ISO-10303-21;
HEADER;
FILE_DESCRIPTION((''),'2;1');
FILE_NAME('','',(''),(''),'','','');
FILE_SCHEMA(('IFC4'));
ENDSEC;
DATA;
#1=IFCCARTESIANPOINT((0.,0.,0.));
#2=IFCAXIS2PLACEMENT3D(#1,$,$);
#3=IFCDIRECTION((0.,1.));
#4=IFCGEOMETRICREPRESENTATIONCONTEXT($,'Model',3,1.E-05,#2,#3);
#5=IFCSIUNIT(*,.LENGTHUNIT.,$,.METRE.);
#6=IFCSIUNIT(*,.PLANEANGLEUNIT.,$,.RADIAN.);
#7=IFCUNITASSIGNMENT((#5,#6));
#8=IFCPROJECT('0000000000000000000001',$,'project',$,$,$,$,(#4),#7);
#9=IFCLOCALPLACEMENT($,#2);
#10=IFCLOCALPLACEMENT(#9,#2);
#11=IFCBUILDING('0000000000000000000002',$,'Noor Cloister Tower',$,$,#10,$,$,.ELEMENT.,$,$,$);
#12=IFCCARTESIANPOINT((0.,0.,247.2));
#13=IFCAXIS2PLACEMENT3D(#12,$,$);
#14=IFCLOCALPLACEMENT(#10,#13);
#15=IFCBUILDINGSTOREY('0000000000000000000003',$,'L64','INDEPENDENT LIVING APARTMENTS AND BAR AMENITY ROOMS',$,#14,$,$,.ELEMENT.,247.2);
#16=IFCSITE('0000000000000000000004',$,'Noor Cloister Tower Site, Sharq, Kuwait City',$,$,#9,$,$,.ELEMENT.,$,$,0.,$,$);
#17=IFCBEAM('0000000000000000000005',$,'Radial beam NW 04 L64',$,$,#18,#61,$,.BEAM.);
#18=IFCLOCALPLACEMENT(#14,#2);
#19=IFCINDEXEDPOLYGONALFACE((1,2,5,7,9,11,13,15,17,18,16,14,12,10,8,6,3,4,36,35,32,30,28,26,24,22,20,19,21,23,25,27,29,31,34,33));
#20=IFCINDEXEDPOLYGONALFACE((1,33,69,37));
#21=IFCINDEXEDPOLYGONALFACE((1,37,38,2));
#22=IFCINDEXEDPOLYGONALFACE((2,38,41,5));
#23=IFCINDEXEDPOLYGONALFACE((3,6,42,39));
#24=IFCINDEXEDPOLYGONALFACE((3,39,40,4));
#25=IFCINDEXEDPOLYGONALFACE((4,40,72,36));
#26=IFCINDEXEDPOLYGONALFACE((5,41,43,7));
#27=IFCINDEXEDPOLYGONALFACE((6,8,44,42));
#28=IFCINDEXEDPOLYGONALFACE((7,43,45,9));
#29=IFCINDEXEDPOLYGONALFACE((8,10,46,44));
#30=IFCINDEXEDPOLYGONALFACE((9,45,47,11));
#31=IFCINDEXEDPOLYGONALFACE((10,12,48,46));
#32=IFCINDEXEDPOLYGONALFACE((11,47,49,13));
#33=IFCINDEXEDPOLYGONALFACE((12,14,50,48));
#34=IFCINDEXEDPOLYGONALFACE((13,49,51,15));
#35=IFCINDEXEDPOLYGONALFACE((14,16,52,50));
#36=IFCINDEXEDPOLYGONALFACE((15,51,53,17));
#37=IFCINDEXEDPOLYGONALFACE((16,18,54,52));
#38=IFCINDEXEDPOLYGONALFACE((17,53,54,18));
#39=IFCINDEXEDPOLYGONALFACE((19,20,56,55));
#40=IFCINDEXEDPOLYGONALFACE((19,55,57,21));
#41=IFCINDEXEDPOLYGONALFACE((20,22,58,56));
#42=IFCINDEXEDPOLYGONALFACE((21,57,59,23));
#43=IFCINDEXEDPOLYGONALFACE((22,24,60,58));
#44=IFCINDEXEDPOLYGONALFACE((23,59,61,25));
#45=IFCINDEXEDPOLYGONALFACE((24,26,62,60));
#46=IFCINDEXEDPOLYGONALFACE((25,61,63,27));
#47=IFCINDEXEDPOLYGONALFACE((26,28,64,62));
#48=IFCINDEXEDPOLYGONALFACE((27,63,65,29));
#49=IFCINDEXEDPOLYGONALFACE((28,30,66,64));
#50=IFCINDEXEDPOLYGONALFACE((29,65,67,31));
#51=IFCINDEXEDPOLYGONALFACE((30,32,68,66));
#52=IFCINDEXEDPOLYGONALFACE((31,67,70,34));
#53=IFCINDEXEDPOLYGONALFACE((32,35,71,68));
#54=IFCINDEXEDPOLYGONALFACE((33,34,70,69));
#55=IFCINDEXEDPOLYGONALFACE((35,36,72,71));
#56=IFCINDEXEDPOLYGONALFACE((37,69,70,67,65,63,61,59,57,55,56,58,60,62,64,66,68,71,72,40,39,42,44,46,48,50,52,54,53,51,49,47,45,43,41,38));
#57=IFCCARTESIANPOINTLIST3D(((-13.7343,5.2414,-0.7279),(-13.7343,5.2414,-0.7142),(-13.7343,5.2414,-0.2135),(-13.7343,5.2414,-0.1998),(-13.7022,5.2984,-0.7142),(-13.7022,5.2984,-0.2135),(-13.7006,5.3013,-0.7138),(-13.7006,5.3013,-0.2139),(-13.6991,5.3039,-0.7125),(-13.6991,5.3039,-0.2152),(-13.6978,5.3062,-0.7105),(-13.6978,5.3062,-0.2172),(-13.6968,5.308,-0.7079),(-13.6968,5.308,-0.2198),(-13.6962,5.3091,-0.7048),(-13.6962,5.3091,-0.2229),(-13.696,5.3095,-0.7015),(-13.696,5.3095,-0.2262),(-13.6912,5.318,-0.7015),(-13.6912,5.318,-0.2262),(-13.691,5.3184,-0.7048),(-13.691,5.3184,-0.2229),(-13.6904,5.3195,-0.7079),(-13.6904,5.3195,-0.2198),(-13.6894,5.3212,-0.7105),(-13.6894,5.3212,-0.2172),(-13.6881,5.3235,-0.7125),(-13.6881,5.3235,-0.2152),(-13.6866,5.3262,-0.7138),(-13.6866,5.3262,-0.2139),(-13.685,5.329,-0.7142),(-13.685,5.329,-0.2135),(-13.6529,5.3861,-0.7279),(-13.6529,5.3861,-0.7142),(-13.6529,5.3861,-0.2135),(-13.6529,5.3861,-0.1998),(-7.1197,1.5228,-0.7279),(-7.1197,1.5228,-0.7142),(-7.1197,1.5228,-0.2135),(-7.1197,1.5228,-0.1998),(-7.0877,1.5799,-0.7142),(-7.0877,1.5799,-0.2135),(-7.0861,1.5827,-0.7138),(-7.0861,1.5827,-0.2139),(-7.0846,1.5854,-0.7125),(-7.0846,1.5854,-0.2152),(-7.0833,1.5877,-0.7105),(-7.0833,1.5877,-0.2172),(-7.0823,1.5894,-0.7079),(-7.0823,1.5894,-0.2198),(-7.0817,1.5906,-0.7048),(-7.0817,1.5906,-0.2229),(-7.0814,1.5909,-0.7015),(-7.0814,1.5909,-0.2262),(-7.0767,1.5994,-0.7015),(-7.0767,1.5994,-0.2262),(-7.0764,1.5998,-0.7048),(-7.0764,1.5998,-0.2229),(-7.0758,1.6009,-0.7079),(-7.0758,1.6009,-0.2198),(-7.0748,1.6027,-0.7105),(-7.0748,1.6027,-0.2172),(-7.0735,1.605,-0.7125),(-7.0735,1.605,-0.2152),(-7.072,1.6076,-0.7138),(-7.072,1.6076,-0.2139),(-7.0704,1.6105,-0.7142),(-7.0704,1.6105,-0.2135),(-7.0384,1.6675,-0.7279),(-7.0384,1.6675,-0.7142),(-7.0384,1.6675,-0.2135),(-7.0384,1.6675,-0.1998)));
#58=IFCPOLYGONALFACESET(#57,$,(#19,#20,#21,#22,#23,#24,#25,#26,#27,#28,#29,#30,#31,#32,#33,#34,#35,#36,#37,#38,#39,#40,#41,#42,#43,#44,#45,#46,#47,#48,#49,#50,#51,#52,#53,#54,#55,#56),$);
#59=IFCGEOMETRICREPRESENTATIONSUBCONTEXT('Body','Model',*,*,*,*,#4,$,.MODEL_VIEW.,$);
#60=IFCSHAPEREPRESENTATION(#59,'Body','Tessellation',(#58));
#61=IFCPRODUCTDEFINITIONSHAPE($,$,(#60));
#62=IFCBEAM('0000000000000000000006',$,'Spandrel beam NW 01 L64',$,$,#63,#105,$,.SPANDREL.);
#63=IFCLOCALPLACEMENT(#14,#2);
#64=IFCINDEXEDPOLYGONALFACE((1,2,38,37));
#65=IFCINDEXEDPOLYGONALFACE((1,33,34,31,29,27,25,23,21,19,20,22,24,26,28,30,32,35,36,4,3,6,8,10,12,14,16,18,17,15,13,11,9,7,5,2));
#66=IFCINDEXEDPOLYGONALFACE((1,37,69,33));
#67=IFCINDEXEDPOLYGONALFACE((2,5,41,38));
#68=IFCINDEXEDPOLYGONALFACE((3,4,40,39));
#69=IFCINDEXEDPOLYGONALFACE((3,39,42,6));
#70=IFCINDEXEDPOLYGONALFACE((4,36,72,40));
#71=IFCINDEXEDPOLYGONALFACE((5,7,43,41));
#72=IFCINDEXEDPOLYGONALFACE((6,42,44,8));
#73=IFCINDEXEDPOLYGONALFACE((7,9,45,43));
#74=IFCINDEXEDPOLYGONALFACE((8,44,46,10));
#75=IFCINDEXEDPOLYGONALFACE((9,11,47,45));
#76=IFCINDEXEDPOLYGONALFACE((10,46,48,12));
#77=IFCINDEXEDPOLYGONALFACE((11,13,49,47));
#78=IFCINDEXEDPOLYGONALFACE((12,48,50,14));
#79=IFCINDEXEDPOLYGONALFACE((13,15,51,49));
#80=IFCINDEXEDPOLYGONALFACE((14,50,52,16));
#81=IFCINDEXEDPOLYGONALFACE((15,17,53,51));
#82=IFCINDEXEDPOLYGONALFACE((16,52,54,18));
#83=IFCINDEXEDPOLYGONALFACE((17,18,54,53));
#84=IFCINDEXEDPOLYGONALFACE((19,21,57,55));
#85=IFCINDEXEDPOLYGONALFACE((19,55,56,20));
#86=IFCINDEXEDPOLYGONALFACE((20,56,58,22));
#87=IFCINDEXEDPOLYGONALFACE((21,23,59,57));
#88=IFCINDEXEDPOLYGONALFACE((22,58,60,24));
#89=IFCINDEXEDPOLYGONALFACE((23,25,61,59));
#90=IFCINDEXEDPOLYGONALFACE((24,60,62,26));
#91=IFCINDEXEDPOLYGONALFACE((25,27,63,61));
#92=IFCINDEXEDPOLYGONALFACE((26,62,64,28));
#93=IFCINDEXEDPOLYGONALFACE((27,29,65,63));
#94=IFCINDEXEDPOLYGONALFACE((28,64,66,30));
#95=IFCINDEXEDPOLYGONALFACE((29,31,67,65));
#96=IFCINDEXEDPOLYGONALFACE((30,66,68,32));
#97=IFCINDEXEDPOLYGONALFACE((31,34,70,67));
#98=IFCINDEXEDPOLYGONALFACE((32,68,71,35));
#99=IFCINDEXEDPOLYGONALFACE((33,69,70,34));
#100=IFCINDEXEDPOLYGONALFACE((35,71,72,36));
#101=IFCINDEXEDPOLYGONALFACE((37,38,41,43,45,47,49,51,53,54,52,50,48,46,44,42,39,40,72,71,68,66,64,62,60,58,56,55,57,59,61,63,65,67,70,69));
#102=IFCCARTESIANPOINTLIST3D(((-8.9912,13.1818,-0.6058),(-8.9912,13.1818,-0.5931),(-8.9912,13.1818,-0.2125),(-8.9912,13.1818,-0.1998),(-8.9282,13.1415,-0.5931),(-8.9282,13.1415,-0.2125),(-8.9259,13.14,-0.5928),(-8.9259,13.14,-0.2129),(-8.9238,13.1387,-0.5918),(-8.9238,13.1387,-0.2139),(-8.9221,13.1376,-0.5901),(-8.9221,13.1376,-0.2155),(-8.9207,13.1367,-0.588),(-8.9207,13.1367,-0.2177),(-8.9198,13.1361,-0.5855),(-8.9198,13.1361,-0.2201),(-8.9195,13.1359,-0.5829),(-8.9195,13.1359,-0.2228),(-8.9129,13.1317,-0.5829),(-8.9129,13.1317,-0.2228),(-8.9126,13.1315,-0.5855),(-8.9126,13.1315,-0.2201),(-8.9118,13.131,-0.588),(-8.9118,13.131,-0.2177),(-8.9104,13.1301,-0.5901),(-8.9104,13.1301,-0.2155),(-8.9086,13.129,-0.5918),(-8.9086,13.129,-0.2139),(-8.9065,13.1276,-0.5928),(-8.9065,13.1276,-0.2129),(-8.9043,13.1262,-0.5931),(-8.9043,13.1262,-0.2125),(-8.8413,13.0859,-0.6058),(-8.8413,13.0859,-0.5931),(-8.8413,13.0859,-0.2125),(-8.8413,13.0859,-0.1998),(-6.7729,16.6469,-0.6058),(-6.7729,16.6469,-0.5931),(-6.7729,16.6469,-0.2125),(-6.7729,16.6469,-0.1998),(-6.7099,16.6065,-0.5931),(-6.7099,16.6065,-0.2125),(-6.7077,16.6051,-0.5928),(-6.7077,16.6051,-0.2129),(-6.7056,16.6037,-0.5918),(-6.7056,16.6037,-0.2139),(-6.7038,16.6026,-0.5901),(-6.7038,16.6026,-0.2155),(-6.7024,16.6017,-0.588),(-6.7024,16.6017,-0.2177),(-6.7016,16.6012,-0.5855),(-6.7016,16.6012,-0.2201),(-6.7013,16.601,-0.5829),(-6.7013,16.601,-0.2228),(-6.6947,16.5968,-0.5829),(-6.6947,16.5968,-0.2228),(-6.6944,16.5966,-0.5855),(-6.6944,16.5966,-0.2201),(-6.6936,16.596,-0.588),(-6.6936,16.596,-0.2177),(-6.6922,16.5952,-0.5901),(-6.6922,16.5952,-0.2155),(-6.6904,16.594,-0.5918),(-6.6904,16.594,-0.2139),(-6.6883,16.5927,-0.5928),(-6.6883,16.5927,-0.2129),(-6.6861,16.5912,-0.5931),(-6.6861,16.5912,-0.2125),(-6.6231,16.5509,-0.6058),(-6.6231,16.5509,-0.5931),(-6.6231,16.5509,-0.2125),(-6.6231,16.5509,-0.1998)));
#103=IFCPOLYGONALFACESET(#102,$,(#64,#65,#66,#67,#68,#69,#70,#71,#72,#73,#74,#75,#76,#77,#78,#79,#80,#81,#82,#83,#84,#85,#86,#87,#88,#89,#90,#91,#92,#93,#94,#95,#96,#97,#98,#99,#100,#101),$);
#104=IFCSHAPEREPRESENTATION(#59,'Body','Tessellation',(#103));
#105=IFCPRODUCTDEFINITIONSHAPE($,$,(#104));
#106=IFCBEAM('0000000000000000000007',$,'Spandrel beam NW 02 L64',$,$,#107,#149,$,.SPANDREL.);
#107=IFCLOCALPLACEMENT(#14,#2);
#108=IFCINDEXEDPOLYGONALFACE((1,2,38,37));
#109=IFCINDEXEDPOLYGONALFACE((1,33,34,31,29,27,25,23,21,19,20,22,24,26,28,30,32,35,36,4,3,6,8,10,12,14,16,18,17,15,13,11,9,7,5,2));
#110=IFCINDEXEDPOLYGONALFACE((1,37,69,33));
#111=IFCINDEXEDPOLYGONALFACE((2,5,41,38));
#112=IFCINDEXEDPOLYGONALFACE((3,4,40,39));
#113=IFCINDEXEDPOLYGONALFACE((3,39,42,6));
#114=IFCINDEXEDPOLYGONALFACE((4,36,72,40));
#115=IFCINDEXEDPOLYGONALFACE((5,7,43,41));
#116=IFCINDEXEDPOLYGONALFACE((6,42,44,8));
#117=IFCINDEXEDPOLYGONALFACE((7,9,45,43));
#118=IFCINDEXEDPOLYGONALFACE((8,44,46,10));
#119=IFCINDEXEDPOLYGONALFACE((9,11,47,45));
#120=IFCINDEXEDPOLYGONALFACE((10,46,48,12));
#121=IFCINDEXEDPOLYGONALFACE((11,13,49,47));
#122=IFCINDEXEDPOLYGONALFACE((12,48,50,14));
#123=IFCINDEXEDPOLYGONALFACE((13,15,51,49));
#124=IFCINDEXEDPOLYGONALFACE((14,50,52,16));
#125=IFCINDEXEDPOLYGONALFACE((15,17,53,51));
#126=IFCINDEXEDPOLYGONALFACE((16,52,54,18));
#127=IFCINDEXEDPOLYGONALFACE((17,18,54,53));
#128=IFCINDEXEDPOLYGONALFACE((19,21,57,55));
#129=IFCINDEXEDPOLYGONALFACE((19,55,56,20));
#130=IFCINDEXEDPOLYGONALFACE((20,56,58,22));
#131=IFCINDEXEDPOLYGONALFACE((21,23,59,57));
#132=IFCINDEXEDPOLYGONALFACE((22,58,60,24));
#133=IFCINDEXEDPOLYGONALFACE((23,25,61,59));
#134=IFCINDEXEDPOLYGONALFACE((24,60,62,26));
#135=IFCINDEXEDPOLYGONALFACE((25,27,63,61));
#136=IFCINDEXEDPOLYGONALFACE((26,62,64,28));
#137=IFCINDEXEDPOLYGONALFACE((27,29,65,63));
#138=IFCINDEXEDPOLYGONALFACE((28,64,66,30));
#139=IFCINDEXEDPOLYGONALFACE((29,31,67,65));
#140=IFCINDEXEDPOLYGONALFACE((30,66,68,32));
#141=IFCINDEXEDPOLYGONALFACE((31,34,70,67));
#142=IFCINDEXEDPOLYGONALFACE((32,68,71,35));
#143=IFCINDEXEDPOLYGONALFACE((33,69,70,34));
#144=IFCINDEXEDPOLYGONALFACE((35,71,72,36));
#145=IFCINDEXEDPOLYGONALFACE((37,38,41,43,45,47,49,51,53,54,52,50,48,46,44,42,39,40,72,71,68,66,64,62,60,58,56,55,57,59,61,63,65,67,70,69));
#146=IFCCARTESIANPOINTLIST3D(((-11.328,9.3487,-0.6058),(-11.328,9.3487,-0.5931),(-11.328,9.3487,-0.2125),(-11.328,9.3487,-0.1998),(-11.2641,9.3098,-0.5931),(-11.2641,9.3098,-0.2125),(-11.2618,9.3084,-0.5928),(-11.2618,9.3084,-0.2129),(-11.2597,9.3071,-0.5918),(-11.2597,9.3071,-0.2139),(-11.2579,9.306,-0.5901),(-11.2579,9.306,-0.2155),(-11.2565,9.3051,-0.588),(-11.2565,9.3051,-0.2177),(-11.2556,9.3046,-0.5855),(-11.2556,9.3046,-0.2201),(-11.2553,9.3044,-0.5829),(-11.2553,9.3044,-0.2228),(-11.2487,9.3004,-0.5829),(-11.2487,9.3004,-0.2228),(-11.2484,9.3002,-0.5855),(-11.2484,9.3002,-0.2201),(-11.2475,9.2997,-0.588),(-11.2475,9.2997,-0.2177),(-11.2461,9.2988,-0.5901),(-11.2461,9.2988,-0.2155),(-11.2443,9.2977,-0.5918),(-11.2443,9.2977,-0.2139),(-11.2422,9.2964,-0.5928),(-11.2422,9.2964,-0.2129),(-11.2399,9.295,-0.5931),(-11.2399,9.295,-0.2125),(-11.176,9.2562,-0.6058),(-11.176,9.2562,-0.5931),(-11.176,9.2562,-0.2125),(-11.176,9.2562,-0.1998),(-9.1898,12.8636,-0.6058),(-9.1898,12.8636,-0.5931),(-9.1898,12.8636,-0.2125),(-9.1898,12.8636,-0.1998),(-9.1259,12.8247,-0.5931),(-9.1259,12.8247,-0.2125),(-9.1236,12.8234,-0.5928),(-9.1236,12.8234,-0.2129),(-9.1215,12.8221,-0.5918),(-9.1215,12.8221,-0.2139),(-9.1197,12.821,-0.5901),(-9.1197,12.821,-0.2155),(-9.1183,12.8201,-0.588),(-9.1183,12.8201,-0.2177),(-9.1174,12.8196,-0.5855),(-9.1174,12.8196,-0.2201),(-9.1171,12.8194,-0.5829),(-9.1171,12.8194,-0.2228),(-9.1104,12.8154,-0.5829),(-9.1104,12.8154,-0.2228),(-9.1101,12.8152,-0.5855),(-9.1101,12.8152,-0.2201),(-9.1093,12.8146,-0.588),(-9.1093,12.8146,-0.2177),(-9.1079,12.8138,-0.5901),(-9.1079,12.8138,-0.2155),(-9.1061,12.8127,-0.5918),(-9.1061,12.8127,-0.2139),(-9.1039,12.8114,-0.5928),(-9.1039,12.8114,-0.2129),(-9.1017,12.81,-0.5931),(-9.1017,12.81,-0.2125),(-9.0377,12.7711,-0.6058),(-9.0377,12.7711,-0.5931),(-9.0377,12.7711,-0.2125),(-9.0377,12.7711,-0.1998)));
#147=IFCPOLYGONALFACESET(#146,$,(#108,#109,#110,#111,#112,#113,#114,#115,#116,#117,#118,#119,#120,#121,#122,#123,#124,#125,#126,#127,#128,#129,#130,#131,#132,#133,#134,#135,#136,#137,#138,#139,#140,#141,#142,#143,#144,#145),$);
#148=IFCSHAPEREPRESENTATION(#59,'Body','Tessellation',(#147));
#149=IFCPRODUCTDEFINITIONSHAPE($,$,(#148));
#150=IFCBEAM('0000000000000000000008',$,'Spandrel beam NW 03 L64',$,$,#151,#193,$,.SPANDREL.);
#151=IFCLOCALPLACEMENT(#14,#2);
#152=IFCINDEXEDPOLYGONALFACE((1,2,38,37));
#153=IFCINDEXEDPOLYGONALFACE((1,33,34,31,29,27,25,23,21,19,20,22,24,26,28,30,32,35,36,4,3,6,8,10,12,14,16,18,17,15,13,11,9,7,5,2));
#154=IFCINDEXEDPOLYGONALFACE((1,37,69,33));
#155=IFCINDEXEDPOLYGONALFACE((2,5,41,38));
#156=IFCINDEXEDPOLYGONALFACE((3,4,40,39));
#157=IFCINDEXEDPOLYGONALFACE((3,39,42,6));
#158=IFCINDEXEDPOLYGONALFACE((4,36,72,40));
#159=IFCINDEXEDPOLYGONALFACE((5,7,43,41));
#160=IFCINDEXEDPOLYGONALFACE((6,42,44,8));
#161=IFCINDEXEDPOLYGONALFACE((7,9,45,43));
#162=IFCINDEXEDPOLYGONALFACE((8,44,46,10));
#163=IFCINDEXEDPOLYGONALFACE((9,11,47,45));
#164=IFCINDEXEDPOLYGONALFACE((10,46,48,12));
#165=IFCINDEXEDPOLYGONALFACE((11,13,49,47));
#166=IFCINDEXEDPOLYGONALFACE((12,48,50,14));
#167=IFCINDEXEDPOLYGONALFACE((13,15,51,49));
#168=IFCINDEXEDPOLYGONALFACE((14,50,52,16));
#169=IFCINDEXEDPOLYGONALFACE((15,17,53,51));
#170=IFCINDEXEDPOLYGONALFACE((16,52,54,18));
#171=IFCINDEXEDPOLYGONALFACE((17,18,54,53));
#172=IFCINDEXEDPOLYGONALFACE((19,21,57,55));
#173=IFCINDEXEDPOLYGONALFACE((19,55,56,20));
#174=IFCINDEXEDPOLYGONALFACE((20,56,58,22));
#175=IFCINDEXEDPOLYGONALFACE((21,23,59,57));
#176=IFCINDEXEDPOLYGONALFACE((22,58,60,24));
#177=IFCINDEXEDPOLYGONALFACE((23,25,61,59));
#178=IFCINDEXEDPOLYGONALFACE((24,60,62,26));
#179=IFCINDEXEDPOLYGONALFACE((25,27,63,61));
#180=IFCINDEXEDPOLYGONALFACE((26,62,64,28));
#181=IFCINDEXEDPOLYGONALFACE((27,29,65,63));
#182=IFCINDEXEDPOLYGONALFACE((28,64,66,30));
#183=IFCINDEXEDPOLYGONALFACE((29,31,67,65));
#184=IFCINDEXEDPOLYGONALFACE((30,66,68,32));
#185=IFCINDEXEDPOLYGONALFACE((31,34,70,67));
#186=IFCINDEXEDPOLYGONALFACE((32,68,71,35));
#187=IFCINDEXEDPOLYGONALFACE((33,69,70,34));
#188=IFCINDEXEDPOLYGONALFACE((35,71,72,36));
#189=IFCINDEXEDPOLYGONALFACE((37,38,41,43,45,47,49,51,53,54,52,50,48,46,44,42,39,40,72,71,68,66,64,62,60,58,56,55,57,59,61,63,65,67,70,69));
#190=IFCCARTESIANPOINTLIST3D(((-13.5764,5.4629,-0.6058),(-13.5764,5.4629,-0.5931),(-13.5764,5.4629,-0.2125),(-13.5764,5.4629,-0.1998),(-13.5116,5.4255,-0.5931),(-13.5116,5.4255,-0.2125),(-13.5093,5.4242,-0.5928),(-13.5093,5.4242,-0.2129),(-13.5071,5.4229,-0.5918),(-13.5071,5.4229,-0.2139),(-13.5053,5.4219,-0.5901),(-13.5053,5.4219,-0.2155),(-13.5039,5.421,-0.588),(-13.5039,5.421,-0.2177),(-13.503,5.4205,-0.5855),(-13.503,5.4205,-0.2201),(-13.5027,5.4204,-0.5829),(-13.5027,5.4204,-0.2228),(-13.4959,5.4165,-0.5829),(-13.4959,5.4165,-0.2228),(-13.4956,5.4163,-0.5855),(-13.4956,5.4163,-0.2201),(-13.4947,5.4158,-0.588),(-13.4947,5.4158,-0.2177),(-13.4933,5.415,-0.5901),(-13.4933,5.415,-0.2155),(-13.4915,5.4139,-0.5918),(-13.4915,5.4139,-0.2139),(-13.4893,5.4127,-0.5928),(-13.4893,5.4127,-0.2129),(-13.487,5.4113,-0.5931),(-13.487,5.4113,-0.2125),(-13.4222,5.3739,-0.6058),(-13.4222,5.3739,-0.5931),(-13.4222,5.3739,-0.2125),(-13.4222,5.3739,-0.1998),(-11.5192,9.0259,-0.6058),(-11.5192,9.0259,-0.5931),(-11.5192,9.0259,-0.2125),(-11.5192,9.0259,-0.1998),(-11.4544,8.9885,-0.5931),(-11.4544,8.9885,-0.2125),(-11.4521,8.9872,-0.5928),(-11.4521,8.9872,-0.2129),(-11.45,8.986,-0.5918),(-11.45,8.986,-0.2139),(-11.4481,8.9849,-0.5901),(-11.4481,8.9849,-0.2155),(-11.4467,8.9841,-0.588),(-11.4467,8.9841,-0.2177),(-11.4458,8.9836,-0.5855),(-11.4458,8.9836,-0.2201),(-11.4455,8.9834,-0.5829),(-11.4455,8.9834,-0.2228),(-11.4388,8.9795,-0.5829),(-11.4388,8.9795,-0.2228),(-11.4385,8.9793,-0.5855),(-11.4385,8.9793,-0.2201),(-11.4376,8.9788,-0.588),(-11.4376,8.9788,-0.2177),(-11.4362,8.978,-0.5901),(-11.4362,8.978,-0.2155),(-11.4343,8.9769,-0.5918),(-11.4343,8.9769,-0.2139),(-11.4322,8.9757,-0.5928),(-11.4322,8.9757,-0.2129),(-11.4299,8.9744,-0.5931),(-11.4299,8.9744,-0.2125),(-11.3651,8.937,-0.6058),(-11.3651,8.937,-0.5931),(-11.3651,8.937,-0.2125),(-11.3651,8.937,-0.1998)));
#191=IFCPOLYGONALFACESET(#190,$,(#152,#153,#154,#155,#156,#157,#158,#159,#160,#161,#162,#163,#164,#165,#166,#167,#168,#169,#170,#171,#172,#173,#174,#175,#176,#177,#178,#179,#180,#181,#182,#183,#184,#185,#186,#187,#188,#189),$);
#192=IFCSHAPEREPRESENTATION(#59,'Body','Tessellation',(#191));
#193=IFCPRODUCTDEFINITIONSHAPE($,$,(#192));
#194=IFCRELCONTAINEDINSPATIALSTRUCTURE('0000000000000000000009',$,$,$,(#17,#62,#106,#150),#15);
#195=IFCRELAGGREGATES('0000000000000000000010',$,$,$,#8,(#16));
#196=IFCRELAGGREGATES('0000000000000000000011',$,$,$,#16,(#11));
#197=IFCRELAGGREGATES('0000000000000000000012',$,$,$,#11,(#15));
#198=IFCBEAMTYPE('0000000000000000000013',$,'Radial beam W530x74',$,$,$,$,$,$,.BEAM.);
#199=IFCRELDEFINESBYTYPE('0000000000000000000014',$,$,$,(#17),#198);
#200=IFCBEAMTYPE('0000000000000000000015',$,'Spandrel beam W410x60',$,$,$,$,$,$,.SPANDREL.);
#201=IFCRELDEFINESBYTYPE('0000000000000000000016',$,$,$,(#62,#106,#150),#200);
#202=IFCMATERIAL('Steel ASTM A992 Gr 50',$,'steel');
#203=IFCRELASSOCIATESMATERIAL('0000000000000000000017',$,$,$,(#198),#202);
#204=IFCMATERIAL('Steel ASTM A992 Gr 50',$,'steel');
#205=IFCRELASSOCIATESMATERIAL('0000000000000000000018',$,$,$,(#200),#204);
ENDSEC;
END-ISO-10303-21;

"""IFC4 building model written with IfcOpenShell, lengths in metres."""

from ifc_helpers import new_model, si_unit, direction, frame, origin, origin_2d, place, context, subcontext, project, spatial, i_section, extrude, material, material_profile, profile_set, type_object, element, save


model = new_model("IFC4")

# Units and contexts
model_context = context("Model", 3, precision=1e-05, world=origin(), true_north=direction((0.0, 1.0)))
body_context = subcontext(model_context, "Body", "Model", "MODEL_VIEW")
ifc_project = project(units=[si_unit("LENGTHUNIT", "METRE"), si_unit("PLANEANGLEUNIT", "RADIAN")], contexts=[model_context])

# Site, building, storey
site_placement = place(None, origin())
site = spatial("IfcSite", under=ifc_project, at=site_placement, Name="Noor Cloister Tower Site, Sharq, Kuwait City", CompositionType="ELEMENT", RefElevation=0.0)
building_placement = place(site_placement, origin())
building = spatial("IfcBuilding", under=site, at=building_placement, Name="Noor Cloister Tower", CompositionType="ELEMENT")
storey_placement = place(building_placement, frame((0.0, 0.0, 247.2)))
storey = spatial("IfcBuildingStorey", under=building, at=storey_placement, Name="L64", Description="INDEPENDENT LIVING APARTMENTS AND BAR AMENITY ROOMS", CompositionType="ELEMENT", Elevation=247.2)

# Beams
ifc_material_1 = material(Name="Steel ASTM A992 Gr 50", Category="steel")
ifc_material_profile_1 = material_profile(ifc_material_1, i_section(OverallWidth=0.166, OverallDepth=0.5281, WebThickness=0.0098, FlangeThickness=0.0137, FilletRadius=0.0127, at=origin_2d()), Name="W530x74")
ifc_profile_set_1 = profile_set([ifc_material_profile_1], Name="Steel ASTM A992 Gr 50")
beam_type_1 = type_object("IfcBeamType", Name="Radial beam W530x74", PredefinedType="BEAM", material=ifc_profile_set_1)
beam_1_placement = place(storey_placement, frame((-13.6936, 5.3137, -0.4639), z_axis=(0.871697, -0.490046, 0.0), x_axis=(0.490046, 0.871697, 0.0)))
element("IfcBeam", 1, at=beam_1_placement, inside=storey, type_object=beam_type_1, Name="Radial beam NW 04 L64", PredefinedType="BEAM", context=body_context, shape_type="SweptSolid", body=[
    extrude(i_section(OverallWidth=0.166, OverallDepth=0.5281, WebThickness=0.0098, FlangeThickness=0.0137, FilletRadius=0.0127, at=origin_2d()), origin(), (0.0, 0.0, 1.0), 7.5881),
])
ifc_material_2 = material(Name="Steel ASTM A992 Gr 50", Category="steel")
ifc_material_profile_2 = material_profile(ifc_material_2, i_section(OverallWidth=0.178, OverallDepth=0.406, WebThickness=0.0078, FlangeThickness=0.0127, FilletRadius=0.0103, at=origin_2d()), Name="W410x60")
ifc_profile_set_2 = profile_set([ifc_material_profile_2], Name="Steel ASTM A992 Gr 50")
beam_type_2 = type_object("IfcBeamType", Name="Spandrel beam W410x60", PredefinedType="SPANDREL", material=ifc_profile_set_2)
for number, where, z_axis, x_axis, name in (
    (2, (-6.698, 16.5989, -0.4028), (-0.539158, -0.842205, 0.0), (0.842205, -0.539158, 0.0), "Spandrel beam NW 01 L64"),
    (3, (-9.1138, 12.8174, -0.4028), (-0.519713, -0.854341, 0.0), (0.854341, -0.519713, 0.0), "Spandrel beam NW 02 L64"),
    (4, (-11.4421, 8.9814, -0.4028), (-0.500007, -0.866022, 0.0), (0.866022, -0.500007, 0.0), "Spandrel beam NW 03 L64"),
):
    element("IfcBeam", number, at=place(storey_placement, frame(where, z_axis=z_axis, x_axis=x_axis)), inside=storey, type_object=beam_type_2, Name=name, PredefinedType="SPANDREL", context=body_context, shape_type="SweptSolid", body=[
        extrude(i_section(OverallWidth=0.178, OverallDepth=0.406, WebThickness=0.0078, FlangeThickness=0.0127, FilletRadius=0.0103, at=origin_2d()), origin(), (0.0, 0.0, 1.0), 4.1143),
    ])

save(model, "model.ifc")
